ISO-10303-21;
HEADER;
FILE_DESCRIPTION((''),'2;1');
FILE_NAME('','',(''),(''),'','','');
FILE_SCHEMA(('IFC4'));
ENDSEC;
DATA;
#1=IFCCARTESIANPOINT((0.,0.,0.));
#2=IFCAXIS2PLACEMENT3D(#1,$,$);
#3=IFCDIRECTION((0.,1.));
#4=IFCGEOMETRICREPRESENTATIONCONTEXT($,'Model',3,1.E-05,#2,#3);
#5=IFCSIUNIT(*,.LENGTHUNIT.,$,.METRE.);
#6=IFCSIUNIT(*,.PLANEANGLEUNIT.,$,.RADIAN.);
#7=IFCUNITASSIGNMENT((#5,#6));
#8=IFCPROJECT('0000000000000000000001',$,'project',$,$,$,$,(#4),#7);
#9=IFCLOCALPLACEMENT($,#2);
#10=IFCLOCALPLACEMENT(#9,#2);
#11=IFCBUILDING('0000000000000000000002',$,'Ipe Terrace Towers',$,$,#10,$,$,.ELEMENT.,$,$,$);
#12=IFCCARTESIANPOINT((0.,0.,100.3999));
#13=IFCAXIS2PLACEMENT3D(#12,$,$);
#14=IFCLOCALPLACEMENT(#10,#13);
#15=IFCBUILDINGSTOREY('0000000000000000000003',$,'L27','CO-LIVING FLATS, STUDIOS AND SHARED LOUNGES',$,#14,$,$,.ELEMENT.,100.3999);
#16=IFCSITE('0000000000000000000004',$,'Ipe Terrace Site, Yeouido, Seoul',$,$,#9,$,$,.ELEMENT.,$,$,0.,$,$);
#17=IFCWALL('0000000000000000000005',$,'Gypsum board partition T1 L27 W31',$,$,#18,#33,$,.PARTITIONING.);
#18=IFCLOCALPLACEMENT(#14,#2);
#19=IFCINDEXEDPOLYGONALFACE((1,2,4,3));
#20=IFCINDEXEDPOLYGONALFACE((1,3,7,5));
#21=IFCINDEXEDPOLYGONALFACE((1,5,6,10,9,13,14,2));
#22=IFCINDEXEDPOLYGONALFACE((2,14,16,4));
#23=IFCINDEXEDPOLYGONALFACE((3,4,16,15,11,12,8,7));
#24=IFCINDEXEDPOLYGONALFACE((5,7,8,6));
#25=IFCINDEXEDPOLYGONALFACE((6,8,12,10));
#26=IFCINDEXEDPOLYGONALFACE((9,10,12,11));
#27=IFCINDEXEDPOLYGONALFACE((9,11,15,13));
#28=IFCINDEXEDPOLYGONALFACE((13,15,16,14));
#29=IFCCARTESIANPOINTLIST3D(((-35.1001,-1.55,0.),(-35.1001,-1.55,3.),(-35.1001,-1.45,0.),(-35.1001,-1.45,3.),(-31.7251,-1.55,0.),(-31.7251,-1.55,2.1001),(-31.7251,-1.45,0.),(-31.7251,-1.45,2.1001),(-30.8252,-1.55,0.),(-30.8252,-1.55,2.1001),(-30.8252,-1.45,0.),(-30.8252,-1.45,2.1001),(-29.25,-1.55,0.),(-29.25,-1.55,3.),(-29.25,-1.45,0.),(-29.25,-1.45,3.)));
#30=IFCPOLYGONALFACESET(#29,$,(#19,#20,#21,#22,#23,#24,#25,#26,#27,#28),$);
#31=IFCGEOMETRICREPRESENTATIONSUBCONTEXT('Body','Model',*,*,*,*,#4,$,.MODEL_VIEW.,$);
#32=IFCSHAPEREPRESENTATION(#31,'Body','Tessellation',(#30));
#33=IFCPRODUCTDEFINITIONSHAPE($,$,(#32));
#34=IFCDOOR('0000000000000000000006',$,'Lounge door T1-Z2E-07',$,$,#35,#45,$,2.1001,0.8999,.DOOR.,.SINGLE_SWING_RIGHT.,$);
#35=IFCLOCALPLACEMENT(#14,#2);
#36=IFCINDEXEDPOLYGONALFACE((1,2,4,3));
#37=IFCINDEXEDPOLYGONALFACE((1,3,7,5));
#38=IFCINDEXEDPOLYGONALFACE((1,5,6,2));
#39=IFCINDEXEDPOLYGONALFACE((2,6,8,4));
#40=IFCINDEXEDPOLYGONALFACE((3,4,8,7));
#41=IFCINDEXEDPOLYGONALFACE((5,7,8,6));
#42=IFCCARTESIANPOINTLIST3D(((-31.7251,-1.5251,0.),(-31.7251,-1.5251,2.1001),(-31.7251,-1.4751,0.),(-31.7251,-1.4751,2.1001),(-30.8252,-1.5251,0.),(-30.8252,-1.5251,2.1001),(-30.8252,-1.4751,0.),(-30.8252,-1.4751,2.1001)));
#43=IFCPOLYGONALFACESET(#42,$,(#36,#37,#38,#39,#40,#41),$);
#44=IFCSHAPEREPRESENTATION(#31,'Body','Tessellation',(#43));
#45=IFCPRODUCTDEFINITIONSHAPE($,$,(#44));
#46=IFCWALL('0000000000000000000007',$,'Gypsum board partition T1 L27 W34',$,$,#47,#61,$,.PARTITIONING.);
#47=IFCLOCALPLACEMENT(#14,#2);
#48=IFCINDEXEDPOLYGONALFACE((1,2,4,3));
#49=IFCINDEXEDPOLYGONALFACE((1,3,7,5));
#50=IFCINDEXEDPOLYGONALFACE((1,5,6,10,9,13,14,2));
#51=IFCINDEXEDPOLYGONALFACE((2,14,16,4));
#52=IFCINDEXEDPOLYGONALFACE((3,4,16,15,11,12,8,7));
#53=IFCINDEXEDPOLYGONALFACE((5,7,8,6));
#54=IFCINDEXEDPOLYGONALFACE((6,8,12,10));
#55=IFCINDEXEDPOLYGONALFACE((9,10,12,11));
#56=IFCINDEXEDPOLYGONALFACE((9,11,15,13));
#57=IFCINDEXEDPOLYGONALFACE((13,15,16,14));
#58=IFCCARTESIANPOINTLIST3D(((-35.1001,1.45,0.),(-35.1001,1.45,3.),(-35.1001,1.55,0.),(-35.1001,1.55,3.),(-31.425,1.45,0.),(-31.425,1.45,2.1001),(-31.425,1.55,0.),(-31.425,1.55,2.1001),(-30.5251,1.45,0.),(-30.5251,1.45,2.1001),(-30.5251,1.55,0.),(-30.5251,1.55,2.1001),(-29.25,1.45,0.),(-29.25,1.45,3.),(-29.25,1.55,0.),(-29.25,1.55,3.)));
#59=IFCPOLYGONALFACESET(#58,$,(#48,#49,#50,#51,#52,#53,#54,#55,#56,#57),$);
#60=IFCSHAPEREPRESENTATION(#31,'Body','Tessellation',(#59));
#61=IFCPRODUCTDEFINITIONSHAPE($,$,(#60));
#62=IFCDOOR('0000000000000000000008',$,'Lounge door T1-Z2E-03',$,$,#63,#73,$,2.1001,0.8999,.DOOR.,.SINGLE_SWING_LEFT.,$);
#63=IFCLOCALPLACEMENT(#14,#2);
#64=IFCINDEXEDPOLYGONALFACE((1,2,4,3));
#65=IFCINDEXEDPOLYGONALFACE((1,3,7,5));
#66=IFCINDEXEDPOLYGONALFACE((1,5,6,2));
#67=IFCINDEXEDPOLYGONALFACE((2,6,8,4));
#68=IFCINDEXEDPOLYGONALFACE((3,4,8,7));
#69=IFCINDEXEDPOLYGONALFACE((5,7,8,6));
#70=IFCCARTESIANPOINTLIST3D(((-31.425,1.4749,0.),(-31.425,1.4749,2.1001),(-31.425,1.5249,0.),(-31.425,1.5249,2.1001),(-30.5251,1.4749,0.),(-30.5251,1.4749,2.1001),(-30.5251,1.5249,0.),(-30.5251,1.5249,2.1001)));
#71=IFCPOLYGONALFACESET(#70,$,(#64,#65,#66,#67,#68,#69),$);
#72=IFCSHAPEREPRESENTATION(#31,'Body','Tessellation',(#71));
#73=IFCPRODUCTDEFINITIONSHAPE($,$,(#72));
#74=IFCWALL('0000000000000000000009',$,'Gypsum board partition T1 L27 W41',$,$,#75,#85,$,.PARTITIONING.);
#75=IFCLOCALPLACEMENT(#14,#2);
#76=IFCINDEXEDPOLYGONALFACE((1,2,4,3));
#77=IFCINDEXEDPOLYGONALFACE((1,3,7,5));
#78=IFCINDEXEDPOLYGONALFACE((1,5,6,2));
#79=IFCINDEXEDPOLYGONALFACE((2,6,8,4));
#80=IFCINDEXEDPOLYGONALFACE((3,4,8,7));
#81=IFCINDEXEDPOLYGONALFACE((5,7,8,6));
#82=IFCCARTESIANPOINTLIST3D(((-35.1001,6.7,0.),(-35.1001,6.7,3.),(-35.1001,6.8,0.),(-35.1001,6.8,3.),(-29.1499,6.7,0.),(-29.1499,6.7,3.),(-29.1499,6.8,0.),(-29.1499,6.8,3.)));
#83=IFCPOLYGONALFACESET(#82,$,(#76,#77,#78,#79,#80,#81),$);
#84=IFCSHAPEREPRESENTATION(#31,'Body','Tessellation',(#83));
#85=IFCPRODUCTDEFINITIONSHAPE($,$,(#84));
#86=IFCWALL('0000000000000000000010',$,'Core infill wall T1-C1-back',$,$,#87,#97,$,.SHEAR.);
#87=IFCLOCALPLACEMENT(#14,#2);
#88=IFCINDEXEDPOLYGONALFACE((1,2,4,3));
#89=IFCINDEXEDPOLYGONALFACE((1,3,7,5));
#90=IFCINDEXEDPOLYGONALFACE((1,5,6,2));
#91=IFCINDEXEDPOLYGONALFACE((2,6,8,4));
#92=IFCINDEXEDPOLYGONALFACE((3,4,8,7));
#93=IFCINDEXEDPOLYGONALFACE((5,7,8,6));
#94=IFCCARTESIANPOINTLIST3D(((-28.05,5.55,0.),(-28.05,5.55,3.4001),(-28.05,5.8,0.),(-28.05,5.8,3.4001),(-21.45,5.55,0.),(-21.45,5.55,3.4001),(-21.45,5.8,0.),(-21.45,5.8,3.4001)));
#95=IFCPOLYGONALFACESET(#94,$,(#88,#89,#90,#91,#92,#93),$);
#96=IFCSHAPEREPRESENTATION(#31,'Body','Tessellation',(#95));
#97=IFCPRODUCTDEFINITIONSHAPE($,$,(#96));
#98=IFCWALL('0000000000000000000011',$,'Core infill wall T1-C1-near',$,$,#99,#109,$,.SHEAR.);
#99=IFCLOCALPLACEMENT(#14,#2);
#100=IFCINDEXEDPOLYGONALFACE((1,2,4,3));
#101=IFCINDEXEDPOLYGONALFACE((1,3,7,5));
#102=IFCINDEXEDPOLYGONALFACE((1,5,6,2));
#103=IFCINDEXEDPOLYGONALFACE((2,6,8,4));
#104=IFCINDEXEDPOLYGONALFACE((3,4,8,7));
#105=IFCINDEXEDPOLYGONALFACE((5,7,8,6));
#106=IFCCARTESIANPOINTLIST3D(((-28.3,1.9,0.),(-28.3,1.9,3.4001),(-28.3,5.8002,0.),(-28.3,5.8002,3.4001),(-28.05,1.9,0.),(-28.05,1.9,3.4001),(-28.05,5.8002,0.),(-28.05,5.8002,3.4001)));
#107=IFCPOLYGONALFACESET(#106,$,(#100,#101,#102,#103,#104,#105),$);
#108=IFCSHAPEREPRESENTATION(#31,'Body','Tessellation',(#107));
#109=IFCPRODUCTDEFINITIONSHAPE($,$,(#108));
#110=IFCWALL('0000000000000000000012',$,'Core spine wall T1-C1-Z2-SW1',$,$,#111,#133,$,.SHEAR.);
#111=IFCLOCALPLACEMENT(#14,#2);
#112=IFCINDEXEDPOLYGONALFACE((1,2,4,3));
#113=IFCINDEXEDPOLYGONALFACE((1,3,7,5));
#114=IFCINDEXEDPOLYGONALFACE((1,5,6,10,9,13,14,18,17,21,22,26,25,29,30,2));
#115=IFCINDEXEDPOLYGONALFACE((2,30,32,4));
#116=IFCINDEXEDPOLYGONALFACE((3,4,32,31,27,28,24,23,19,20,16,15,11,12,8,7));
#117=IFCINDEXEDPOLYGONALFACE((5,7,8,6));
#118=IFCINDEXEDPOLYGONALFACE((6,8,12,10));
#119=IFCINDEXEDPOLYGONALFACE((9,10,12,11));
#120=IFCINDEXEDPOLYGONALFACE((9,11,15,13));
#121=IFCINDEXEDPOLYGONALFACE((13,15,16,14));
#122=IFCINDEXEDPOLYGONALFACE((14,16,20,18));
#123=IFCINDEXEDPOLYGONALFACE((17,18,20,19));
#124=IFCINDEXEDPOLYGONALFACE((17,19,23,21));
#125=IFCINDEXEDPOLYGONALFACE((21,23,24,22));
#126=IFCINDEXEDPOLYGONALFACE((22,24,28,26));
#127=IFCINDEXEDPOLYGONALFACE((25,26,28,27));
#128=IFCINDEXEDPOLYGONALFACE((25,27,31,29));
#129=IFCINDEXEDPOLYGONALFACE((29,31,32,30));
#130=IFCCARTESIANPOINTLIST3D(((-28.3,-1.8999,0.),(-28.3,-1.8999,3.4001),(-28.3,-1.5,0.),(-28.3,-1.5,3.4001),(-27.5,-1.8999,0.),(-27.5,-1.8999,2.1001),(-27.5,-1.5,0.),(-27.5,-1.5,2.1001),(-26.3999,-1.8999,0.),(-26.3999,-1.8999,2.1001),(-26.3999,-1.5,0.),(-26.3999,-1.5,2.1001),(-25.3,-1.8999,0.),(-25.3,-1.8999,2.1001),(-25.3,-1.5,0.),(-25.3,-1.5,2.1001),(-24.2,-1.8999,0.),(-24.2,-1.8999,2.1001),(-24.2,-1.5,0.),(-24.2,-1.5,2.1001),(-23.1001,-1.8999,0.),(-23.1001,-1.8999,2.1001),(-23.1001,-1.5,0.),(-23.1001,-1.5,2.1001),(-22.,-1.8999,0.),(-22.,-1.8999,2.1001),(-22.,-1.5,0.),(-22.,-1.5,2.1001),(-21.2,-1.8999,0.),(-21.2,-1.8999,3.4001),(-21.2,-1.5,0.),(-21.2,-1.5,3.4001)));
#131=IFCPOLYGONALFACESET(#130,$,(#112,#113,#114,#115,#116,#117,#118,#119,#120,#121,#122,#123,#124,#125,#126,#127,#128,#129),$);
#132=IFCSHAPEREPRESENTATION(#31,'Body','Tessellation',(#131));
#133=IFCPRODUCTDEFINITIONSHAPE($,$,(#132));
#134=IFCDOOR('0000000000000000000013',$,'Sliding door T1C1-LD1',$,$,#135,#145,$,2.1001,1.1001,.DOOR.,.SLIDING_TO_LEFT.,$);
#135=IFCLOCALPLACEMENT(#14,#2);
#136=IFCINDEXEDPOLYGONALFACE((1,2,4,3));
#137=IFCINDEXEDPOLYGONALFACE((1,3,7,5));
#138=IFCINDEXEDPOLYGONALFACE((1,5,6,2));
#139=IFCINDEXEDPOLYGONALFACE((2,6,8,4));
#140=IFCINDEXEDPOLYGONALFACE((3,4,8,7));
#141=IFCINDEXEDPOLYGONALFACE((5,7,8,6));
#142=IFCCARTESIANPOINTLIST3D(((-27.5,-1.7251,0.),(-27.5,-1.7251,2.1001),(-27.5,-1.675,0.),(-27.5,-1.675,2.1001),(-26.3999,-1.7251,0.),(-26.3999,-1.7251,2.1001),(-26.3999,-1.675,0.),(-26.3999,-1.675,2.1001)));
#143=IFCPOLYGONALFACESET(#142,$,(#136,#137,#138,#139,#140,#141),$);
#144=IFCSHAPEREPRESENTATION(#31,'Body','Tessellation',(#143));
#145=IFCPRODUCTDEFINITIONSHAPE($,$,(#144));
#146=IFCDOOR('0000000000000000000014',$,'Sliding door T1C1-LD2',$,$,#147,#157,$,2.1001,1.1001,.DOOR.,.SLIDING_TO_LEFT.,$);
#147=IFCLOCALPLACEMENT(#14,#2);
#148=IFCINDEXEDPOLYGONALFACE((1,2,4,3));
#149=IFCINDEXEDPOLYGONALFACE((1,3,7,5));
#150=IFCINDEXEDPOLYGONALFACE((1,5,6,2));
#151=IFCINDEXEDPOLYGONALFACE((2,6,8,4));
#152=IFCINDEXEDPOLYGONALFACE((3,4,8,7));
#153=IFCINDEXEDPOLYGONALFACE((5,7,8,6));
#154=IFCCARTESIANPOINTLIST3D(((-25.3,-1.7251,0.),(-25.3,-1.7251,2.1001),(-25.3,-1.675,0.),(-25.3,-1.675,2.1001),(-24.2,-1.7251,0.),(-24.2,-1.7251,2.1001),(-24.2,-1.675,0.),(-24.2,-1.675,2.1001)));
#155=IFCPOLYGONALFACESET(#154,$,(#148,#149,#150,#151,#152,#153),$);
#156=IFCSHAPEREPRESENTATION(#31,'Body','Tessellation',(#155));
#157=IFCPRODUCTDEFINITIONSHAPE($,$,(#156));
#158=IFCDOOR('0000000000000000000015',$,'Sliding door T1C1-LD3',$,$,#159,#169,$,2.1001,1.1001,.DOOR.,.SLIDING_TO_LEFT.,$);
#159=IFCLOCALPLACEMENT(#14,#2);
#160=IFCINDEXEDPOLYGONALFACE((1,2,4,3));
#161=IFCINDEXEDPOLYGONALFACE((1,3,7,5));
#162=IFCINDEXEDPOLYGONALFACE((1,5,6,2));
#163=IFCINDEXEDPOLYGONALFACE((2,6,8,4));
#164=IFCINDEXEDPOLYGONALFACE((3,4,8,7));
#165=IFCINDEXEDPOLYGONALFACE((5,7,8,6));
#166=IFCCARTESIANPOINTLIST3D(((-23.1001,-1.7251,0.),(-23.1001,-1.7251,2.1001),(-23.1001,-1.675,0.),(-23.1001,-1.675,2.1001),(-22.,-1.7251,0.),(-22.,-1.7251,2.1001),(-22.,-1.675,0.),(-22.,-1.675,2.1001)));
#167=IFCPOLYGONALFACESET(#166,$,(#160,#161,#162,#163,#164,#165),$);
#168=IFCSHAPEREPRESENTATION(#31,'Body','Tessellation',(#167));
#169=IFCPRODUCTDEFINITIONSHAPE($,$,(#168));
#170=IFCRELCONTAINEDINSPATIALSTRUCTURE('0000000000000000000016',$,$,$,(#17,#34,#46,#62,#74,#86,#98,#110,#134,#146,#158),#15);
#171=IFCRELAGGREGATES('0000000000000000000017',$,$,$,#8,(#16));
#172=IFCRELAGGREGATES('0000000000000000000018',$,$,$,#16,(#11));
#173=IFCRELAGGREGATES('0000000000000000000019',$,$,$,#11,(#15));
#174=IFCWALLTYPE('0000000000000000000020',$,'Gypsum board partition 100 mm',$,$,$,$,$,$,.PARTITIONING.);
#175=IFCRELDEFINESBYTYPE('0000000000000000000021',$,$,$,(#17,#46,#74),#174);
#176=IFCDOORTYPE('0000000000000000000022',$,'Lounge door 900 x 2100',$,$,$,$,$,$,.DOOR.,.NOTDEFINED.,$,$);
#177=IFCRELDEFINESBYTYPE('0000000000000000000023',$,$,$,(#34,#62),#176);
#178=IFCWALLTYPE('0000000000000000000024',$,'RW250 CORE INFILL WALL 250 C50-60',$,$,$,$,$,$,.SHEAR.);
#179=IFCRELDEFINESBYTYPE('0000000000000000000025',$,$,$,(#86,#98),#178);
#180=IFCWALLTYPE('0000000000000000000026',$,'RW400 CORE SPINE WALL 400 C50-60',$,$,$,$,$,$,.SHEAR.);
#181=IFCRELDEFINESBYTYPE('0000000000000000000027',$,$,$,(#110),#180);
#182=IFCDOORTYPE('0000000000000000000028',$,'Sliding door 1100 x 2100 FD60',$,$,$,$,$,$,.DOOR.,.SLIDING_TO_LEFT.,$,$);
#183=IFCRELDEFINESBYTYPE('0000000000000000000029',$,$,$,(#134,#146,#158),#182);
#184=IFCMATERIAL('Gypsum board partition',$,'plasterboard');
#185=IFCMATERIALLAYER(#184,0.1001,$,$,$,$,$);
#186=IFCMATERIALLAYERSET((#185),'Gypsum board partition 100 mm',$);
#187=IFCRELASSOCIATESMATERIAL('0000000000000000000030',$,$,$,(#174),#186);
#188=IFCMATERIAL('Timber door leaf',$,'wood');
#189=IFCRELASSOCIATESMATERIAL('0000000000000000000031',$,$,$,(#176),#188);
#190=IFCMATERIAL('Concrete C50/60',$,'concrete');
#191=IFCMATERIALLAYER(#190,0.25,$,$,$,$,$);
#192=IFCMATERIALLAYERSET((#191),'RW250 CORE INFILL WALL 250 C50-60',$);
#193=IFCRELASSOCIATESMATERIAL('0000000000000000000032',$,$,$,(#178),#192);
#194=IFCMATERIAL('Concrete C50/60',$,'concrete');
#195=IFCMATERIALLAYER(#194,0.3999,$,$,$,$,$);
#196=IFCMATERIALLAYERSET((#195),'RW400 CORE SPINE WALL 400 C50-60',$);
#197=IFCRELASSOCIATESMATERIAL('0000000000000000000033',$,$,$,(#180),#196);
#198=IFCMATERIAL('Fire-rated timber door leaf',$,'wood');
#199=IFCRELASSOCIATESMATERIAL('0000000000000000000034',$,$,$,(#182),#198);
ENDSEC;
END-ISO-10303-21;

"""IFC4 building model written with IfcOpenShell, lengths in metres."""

from ifc_helpers import new_model, si_unit, direction, frame, frame_2d, origin, place, context, subcontext, project, spatial, rectangle, extrude, material, layer, layer_set, type_object, element, fill, save


model = new_model("IFC4")

# Units and contexts
model_context = context("Model", 3, precision=1e-05, world=origin(), true_north=direction((0.0, 1.0)))
body_context = subcontext(model_context, "Body", "Model", "MODEL_VIEW")
ifc_project = project(units=[si_unit("LENGTHUNIT", "METRE"), si_unit("PLANEANGLEUNIT", "RADIAN")], contexts=[model_context])

# Site, building, storey
site_placement = place(None, origin())
site = spatial("IfcSite", under=ifc_project, at=site_placement, Name="Ipe Terrace Site, Yeouido, Seoul", CompositionType="ELEMENT", RefElevation=0.0)
building_placement = place(site_placement, origin())
building = spatial("IfcBuilding", under=site, at=building_placement, Name="Ipe Terrace Towers", CompositionType="ELEMENT")
storey_placement = place(building_placement, frame((0.0, 0.0, 100.3999)))
storey = spatial("IfcBuildingStorey", under=building, at=storey_placement, Name="L27", Description="CO-LIVING FLATS, STUDIOS AND SHARED LOUNGES", CompositionType="ELEMENT", Elevation=100.3999)

# Shared definitions
ifc_material_1 = material(Name="Gypsum board partition", Category="plasterboard")
ifc_layer_1 = layer(ifc_material_1, 0.1001)
ifc_layer_set_1 = layer_set([ifc_layer_1], Name="Gypsum board partition 100 mm")
wall_type_1 = type_object("IfcWallType", Name="Gypsum board partition 100 mm", PredefinedType="PARTITIONING", material=ifc_layer_set_1)
ifc_material_2 = material(Name="Timber door leaf", Category="wood")
door_type_1 = type_object("IfcDoorType", Name="Lounge door 900 x 2100", OperationType="NOTDEFINED", PredefinedType="DOOR", material=ifc_material_2)

# Walls, openings, doors
wall_1_placement = place(storey_placement, frame((-35.1001, -1.5, 0.0), z_axis=(0.0, 0.0, 1.0), x_axis=(1.0, 0.0, 0.0)))
wall_1 = element("IfcWall", 1, at=wall_1_placement, inside=storey, type_object=wall_type_1, Name="Gypsum board partition T1 L27 W31", PredefinedType="PARTITIONING", context=body_context, shape_type="SweptSolid", body=[
    extrude(rectangle(XDim=5.8501, YDim=0.1001, at=frame_2d((2.925, 0.0))), origin(), (0.0, 0.0, 1.0), 3.0),
])
opening_1_placement = place(wall_1_placement, frame((3.375, 0.0, 0.0)))
opening_1 = element("IfcOpeningElement", 2, at=opening_1_placement, cuts=wall_1, PredefinedType="OPENING", context=body_context, shape_type="SweptSolid", body=[
    extrude(rectangle(XDim=0.8999, YDim=2.1001, at=frame_2d((0.45, 1.05))), frame((0.0, 0.0601, 0.0), z_axis=(0.0, -1.0, 0.0), x_axis=(1.0, 0.0, 0.0)), (0.0, 0.0, 1.0), 0.1201),
])
door_1_placement = place(opening_1_placement, origin())
door_1 = element("IfcDoor", 3, at=door_1_placement, inside=storey, type_object=door_type_1, Name="Lounge door T1-Z2E-07", OperationType="SINGLE_SWING_RIGHT", OverallHeight=2.1001, OverallWidth=0.8999, PredefinedType="DOOR", context=body_context, shape_type="SweptSolid", body=[
    extrude(rectangle(XDim=0.8999, YDim=2.1001, at=frame_2d((0.45, 1.05))), frame((0.0, 0.0249, 0.0), z_axis=(0.0, -1.0, 0.0), x_axis=(1.0, 0.0, 0.0)), (0.0, 0.0, 1.0), 0.05),
])
fill(opening_1, door_1)
wall_2_placement = place(storey_placement, frame((-35.1001, 1.5, 0.0), z_axis=(0.0, 0.0, 1.0), x_axis=(1.0, 0.0, 0.0)))
wall_2 = element("IfcWall", 4, at=wall_2_placement, inside=storey, type_object=wall_type_1, Name="Gypsum board partition T1 L27 W34", PredefinedType="PARTITIONING", context=body_context, shape_type="SweptSolid", body=[
    extrude(rectangle(XDim=5.8501, YDim=0.1001, at=frame_2d((2.925, 0.0))), origin(), (0.0, 0.0, 1.0), 3.0),
])
opening_2_placement = place(wall_2_placement, frame((3.675, 0.0, 0.0)))
opening_2 = element("IfcOpeningElement", 5, at=opening_2_placement, cuts=wall_2, PredefinedType="OPENING", context=body_context, shape_type="SweptSolid", body=[
    extrude(rectangle(XDim=0.8999, YDim=2.1001, at=frame_2d((0.45, 1.05))), frame((0.0, 0.0601, 0.0), z_axis=(0.0, -1.0, 0.0), x_axis=(1.0, 0.0, 0.0)), (0.0, 0.0, 1.0), 0.1201),
])
door_2_placement = place(opening_2_placement, origin())
door_2 = element("IfcDoor", 6, at=door_2_placement, inside=storey, type_object=door_type_1, Name="Lounge door T1-Z2E-03", OperationType="SINGLE_SWING_LEFT", OverallHeight=2.1001, OverallWidth=0.8999, PredefinedType="DOOR", context=body_context, shape_type="SweptSolid", body=[
    extrude(rectangle(XDim=0.8999, YDim=2.1001, at=frame_2d((0.45, 1.05))), frame((0.0, 0.0249, 0.0), z_axis=(0.0, -1.0, 0.0), x_axis=(1.0, 0.0, 0.0)), (0.0, 0.0, 1.0), 0.05),
])
fill(opening_2, door_2)

# Walls
wall_3_placement = place(storey_placement, frame((-35.1001, 6.75, 0.0), z_axis=(0.0, 0.0, 1.0), x_axis=(1.0, 0.0, 0.0)))
element("IfcWall", 7, at=wall_3_placement, inside=storey, type_object=wall_type_1, Name="Gypsum board partition T1 L27 W41", PredefinedType="PARTITIONING", context=body_context, shape_type="SweptSolid", body=[
    extrude(rectangle(XDim=5.9502, YDim=0.1001, at=frame_2d((2.9751, 0.0))), origin(), (0.0, 0.0, 1.0), 3.0),
])
ifc_material_3 = material(Name="Concrete C50/60", Category="concrete")
ifc_layer_2 = layer(ifc_material_3, 0.25)
ifc_layer_set_2 = layer_set([ifc_layer_2], Name="RW250 CORE INFILL WALL 250 C50-60")
wall_type_2 = type_object("IfcWallType", Name="RW250 CORE INFILL WALL 250 C50-60", PredefinedType="SHEAR", material=ifc_layer_set_2)
wall_4_placement = place(storey_placement, frame((-28.05, 5.675, 0.0), z_axis=(0.0, 0.0, 1.0), x_axis=(1.0, 0.0, 0.0)))
element("IfcWall", 8, at=wall_4_placement, inside=storey, type_object=wall_type_2, Name="Core infill wall T1-C1-back", PredefinedType="SHEAR", context=body_context, shape_type="SweptSolid", body=[
    extrude(rectangle(XDim=6.6001, YDim=0.25, at=frame_2d((3.3, 0.0))), origin(), (0.0, 0.0, 1.0), 3.4001),
])
wall_5_placement = place(storey_placement, frame((-28.175, 1.8999, 0.0), z_axis=(0.0, 0.0, 1.0), x_axis=(0.0, 1.0, 0.0)))
element("IfcWall", 9, at=wall_5_placement, inside=storey, type_object=wall_type_2, Name="Core infill wall T1-C1-near", PredefinedType="SHEAR", context=body_context, shape_type="SweptSolid", body=[
    extrude(rectangle(XDim=3.9001, YDim=0.25, at=frame_2d((1.9502, 0.0))), origin(), (0.0, 0.0, 1.0), 3.4001),
])

# Wall, openings, doors
ifc_material_4 = material(Name="Concrete C50/60", Category="concrete")
ifc_layer_3 = layer(ifc_material_4, 0.3999)
ifc_layer_set_3 = layer_set([ifc_layer_3], Name="RW400 CORE SPINE WALL 400 C50-60")
wall_type_3 = type_object("IfcWallType", Name="RW400 CORE SPINE WALL 400 C50-60", PredefinedType="SHEAR", material=ifc_layer_set_3)
wall_6_placement = place(storey_placement, frame((-28.3, -1.7, 0.0), z_axis=(0.0, 0.0, 1.0), x_axis=(1.0, 0.0, 0.0)))
wall_6 = element("IfcWall", 10, at=wall_6_placement, inside=storey, type_object=wall_type_3, Name="Core spine wall T1-C1-Z2-SW1", PredefinedType="SHEAR", context=body_context, shape_type="SweptSolid", body=[
    extrude(rectangle(XDim=7.1001, YDim=0.3999, at=frame_2d((3.55, 0.0))), origin(), (0.0, 0.0, 1.0), 3.4001),
])
opening_3_placement = place(wall_6_placement, frame((0.8, 0.0, 0.0)))
opening_3 = element("IfcOpeningElement", 11, at=opening_3_placement, cuts=wall_6, PredefinedType="OPENING", context=body_context, shape_type="SweptSolid", body=[
    extrude(rectangle(XDim=1.1001, YDim=2.1001, at=frame_2d((0.55, 1.05))), frame((0.0, 0.21, 0.0), z_axis=(0.0, -1.0, 0.0), x_axis=(1.0, 0.0, 0.0)), (0.0, 0.0, 1.0), 0.4199),
])
opening_4_placement = place(wall_6_placement, frame((3.0, 0.0, 0.0)))
opening_4 = element("IfcOpeningElement", 12, at=opening_4_placement, cuts=wall_6, PredefinedType="OPENING", context=body_context, shape_type="SweptSolid", body=[
    extrude(rectangle(XDim=1.1001, YDim=2.1001, at=frame_2d((0.55, 1.05))), frame((0.0, 0.21, 0.0), z_axis=(0.0, -1.0, 0.0), x_axis=(1.0, 0.0, 0.0)), (0.0, 0.0, 1.0), 0.4199),
])
opening_5_placement = place(wall_6_placement, frame((5.2, 0.0, 0.0)))
opening_5 = element("IfcOpeningElement", 13, at=opening_5_placement, cuts=wall_6, PredefinedType="OPENING", context=body_context, shape_type="SweptSolid", body=[
    extrude(rectangle(XDim=1.1001, YDim=2.1001, at=frame_2d((0.55, 1.05))), frame((0.0, 0.21, 0.0), z_axis=(0.0, -1.0, 0.0), x_axis=(1.0, 0.0, 0.0)), (0.0, 0.0, 1.0), 0.4199),
])
ifc_material_5 = material(Name="Fire-rated timber door leaf", Category="wood")
door_type_2 = type_object("IfcDoorType", Name="Sliding door 1100 x 2100 FD60", OperationType="SLIDING_TO_LEFT", PredefinedType="DOOR", material=ifc_material_5)
door_3_placement = place(opening_3_placement, origin())
door_3 = element("IfcDoor", 14, at=door_3_placement, inside=storey, type_object=door_type_2, Name="Sliding door T1C1-LD1", OperationType="SLIDING_TO_LEFT", OverallHeight=2.1001, OverallWidth=1.1001, PredefinedType="DOOR", context=body_context, shape_type="SweptSolid", body=[
    extrude(rectangle(XDim=1.1001, YDim=2.1001, at=frame_2d((0.55, 1.05))), frame((0.0, 0.0249, 0.0), z_axis=(0.0, -1.0, 0.0), x_axis=(1.0, 0.0, 0.0)), (0.0, 0.0, 1.0), 0.05),
])
fill(opening_3, door_3)
door_4_placement = place(opening_4_placement, origin())
door_4 = element("IfcDoor", 15, at=door_4_placement, inside=storey, type_object=door_type_2, Name="Sliding door T1C1-LD2", OperationType="SLIDING_TO_LEFT", OverallHeight=2.1001, OverallWidth=1.1001, PredefinedType="DOOR", context=body_context, shape_type="SweptSolid", body=[
    extrude(rectangle(XDim=1.1001, YDim=2.1001, at=frame_2d((0.55, 1.05))), frame((0.0, 0.0249, 0.0), z_axis=(0.0, -1.0, 0.0), x_axis=(1.0, 0.0, 0.0)), (0.0, 0.0, 1.0), 0.05),
])
fill(opening_4, door_4)
door_5_placement = place(opening_5_placement, origin())
door_5 = element("IfcDoor", 16, at=door_5_placement, inside=storey, type_object=door_type_2, Name="Sliding door T1C1-LD3", OperationType="SLIDING_TO_LEFT", OverallHeight=2.1001, OverallWidth=1.1001, PredefinedType="DOOR", context=body_context, shape_type="SweptSolid", body=[
    extrude(rectangle(XDim=1.1001, YDim=2.1001, at=frame_2d((0.55, 1.05))), frame((0.0, 0.0249, 0.0), z_axis=(0.0, -1.0, 0.0), x_axis=(1.0, 0.0, 0.0)), (0.0, 0.0, 1.0), 0.05),
])
fill(opening_5, door_5)

save(model, "model.ifc")
